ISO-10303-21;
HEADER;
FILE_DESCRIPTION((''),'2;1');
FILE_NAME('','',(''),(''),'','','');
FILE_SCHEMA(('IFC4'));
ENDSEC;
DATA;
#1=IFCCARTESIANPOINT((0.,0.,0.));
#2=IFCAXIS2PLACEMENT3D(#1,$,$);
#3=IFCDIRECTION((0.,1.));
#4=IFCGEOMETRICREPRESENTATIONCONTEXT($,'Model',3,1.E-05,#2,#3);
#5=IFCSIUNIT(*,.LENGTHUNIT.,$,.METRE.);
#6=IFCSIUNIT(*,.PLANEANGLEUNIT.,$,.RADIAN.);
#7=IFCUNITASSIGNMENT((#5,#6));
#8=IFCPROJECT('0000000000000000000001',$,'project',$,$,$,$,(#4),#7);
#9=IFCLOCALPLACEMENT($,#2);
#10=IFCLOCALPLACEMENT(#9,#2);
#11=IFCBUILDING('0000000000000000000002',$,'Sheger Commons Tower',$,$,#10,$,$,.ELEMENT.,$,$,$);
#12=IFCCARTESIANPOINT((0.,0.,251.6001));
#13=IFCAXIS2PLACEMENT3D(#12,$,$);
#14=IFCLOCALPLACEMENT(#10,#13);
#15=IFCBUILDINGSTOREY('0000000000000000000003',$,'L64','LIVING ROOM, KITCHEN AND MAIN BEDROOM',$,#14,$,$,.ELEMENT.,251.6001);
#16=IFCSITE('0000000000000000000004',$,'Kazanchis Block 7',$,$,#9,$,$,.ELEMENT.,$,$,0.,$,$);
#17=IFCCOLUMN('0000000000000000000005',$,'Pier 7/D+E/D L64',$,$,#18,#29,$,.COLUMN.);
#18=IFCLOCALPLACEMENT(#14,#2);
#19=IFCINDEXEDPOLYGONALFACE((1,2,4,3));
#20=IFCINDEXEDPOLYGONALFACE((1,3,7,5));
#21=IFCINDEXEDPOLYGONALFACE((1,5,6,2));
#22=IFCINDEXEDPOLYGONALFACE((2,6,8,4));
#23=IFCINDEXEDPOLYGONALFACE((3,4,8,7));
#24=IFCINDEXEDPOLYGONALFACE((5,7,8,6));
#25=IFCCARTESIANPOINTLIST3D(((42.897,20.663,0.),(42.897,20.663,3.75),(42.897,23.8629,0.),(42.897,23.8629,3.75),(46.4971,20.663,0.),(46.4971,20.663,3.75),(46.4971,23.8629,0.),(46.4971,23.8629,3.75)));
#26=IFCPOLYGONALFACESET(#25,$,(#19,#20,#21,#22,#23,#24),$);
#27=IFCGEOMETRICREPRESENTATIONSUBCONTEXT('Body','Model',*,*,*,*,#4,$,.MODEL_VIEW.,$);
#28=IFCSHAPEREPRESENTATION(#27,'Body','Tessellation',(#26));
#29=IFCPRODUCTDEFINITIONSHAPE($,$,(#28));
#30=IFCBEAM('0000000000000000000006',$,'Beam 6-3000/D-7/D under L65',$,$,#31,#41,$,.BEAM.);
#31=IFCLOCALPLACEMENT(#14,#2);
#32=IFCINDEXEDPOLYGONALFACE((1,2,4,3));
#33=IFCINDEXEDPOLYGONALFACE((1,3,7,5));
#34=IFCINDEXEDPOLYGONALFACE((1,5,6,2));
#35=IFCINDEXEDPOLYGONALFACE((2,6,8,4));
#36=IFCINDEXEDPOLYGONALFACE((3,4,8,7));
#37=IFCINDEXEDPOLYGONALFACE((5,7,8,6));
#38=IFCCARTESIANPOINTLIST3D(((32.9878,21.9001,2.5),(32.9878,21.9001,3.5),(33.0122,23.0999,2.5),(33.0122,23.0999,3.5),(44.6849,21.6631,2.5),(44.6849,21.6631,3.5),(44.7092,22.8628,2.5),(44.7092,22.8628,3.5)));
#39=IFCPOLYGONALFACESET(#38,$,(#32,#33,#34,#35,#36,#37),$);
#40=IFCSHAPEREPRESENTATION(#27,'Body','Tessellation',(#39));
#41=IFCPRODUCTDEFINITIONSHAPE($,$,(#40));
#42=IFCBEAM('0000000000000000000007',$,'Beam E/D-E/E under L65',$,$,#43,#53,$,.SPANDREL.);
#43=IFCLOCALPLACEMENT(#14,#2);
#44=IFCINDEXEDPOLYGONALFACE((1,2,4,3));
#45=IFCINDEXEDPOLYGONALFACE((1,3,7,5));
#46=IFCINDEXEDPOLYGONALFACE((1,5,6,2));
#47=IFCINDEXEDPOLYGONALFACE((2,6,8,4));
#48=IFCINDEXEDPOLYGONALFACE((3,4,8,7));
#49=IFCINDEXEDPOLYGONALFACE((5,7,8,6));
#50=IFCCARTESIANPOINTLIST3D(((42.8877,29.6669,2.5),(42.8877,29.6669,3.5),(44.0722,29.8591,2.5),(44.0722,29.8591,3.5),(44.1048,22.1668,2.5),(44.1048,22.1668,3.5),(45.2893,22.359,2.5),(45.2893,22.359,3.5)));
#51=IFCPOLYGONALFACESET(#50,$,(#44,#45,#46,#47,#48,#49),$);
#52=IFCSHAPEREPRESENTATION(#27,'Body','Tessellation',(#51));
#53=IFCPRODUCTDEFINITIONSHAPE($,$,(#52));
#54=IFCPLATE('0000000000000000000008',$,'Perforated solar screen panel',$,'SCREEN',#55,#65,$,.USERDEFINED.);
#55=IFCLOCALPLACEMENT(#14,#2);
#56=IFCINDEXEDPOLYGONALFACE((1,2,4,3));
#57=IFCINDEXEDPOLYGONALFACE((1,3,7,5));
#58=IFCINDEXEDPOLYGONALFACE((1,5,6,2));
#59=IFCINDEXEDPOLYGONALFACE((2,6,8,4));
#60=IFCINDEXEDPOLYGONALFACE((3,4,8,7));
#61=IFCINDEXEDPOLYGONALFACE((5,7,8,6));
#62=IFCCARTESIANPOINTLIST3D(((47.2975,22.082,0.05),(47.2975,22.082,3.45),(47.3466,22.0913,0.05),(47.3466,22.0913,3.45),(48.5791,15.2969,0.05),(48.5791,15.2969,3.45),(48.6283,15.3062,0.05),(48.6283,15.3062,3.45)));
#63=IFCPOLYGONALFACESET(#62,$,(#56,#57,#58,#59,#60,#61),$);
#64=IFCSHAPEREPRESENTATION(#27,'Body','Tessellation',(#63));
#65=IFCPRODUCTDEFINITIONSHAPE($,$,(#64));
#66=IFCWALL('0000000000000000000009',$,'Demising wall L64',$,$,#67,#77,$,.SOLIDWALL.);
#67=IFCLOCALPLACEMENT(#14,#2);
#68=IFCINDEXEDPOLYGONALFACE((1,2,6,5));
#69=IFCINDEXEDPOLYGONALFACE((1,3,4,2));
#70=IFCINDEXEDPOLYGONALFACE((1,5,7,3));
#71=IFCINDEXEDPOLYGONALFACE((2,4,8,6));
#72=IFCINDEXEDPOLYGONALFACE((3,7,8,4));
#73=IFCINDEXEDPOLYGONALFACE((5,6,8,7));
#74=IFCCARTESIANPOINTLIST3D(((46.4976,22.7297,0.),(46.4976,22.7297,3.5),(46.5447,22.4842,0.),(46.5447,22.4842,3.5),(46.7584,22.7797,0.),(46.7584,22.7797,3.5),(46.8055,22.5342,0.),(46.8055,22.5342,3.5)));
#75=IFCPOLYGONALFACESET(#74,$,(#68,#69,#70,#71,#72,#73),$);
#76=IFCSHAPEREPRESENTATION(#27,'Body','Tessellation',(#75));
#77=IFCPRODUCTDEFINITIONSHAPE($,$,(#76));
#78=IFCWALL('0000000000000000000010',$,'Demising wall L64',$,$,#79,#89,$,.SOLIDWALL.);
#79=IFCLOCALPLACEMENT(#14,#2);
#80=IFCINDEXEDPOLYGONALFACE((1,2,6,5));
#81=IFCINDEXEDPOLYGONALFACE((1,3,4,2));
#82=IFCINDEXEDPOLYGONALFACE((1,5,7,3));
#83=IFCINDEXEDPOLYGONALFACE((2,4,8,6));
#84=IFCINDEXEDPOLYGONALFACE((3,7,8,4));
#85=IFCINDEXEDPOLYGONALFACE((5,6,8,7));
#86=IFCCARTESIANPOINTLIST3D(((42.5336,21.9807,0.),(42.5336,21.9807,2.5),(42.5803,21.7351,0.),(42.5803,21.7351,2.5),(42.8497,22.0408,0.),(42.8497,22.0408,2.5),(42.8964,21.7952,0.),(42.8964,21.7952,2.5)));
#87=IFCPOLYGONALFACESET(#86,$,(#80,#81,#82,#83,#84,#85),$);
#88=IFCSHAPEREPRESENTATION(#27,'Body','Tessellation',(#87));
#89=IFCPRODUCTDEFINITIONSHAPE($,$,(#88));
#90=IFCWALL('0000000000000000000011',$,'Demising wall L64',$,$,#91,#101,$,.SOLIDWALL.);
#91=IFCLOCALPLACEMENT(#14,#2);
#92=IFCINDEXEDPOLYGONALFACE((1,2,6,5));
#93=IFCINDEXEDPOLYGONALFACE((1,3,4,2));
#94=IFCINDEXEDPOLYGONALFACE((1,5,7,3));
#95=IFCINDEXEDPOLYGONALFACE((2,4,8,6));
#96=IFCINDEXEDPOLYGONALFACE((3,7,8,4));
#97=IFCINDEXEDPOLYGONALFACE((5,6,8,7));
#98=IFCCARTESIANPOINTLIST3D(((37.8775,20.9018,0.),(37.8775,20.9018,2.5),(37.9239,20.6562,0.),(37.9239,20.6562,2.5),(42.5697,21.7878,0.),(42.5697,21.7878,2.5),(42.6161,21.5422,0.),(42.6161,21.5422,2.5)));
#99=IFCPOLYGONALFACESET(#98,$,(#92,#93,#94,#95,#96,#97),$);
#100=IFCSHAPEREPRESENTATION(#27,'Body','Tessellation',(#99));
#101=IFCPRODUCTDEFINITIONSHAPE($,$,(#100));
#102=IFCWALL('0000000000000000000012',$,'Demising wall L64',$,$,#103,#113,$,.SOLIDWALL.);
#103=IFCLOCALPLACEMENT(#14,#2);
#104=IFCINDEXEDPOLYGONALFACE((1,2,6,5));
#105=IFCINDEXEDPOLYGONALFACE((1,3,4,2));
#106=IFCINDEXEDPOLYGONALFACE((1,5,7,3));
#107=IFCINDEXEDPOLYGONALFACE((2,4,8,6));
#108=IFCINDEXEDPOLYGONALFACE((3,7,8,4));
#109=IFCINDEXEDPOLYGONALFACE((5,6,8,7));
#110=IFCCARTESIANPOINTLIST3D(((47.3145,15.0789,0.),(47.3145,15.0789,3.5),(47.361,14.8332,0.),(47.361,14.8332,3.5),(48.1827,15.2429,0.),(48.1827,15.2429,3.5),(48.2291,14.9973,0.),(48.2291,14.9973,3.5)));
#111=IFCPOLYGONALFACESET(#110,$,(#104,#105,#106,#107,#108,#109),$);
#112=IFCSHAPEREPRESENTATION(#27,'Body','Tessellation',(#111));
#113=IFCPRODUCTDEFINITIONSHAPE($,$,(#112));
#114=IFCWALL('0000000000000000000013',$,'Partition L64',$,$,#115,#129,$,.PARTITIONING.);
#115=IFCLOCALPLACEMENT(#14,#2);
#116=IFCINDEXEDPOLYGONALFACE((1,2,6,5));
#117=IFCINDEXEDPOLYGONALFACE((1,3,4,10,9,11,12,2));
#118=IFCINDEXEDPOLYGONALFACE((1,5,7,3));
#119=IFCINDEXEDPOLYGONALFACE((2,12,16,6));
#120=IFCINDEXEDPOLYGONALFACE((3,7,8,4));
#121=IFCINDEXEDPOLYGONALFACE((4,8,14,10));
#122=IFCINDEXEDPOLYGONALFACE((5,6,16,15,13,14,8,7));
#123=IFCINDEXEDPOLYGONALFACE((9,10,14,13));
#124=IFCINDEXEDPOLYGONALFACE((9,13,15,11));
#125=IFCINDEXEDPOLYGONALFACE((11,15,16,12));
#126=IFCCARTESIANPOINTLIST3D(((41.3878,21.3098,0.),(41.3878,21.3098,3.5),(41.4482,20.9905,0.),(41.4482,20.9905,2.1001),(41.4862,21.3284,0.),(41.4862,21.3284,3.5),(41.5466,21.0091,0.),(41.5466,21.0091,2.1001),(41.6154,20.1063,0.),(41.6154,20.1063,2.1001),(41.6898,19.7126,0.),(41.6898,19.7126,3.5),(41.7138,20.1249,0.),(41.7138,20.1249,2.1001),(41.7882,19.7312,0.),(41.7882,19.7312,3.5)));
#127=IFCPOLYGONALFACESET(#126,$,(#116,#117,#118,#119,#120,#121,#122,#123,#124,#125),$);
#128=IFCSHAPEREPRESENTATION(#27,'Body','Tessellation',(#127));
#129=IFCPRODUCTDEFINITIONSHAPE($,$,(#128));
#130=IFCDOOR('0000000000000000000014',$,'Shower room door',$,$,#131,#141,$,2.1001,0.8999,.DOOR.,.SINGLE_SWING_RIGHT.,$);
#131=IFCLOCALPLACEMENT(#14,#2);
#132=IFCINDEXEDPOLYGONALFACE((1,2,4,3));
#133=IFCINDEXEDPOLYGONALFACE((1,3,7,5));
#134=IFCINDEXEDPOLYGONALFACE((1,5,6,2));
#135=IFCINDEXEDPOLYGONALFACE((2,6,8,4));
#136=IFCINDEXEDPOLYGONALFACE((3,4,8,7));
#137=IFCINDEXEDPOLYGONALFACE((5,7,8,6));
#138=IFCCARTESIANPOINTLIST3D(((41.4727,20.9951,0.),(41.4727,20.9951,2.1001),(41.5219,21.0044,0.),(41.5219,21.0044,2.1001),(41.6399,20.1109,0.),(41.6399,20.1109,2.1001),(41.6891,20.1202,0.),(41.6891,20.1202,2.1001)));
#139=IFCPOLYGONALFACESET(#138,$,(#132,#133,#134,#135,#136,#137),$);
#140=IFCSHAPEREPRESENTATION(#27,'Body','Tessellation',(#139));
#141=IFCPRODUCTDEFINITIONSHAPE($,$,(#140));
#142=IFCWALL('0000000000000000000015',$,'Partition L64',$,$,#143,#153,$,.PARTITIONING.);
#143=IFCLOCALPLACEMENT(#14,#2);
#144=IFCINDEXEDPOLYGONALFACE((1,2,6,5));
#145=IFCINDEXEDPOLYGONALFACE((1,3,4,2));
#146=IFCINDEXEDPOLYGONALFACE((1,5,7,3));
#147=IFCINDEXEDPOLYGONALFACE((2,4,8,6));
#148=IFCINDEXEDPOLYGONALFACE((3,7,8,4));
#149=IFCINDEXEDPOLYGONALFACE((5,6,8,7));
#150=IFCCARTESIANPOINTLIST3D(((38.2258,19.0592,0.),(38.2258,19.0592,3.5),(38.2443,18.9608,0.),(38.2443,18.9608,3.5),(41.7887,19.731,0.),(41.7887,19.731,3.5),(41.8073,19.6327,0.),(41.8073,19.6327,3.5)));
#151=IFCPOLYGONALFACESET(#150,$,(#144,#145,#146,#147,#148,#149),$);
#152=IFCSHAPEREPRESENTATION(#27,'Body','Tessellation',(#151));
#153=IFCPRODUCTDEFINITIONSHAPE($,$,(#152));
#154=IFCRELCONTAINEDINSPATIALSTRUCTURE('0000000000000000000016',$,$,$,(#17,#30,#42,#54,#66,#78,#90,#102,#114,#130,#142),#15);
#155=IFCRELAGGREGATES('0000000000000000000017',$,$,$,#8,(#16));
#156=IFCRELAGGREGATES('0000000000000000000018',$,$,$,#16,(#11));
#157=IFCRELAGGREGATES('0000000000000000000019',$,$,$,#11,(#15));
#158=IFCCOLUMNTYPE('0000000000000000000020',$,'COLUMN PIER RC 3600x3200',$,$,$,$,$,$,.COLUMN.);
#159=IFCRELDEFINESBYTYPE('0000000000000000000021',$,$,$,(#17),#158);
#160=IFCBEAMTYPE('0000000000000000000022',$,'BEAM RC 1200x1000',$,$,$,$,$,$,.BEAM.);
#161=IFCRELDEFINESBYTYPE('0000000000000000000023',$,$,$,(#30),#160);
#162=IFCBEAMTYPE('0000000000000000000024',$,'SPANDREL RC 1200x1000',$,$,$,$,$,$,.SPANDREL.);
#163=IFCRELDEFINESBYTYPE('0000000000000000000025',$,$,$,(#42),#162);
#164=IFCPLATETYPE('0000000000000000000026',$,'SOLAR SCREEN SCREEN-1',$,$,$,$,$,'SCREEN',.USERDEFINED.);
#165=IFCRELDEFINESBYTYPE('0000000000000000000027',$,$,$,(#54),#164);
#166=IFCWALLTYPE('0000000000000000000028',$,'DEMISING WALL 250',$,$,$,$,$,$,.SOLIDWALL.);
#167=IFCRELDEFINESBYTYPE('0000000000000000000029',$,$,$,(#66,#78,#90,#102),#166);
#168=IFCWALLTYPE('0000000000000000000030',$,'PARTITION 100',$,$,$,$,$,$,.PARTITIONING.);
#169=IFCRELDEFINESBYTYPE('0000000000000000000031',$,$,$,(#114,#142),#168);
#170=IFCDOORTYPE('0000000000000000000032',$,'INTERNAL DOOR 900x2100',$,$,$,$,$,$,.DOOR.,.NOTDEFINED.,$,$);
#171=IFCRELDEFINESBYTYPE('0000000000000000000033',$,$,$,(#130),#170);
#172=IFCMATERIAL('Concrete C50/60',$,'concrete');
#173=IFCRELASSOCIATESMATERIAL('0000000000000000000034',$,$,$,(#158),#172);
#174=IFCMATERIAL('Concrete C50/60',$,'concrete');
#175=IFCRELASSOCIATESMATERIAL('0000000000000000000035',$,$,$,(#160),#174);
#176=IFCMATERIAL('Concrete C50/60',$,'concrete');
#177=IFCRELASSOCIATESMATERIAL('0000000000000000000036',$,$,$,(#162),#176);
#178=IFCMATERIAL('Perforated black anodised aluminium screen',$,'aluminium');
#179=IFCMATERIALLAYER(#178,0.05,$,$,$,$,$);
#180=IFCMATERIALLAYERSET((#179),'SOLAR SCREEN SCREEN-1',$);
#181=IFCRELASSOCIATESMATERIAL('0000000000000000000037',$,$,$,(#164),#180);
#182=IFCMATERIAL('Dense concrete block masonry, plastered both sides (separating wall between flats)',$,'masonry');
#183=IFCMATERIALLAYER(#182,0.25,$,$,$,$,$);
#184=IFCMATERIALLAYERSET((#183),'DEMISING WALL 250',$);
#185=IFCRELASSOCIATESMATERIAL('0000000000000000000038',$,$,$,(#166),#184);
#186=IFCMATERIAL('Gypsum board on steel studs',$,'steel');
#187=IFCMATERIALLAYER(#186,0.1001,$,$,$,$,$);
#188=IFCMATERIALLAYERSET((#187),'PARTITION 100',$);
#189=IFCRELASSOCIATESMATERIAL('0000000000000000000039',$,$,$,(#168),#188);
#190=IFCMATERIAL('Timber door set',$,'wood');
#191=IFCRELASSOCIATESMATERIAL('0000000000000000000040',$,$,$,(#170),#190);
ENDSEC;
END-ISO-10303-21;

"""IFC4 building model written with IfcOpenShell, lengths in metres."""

from ifc_helpers import new_model, si_unit, direction, frame, frame_2d, origin, origin_2d, place, context, subcontext, project, spatial, rectangle, extrude, material, layer, layer_set, material_profile, profile_set, type_object, element, fill, save


model = new_model("IFC4")

# Units and contexts
model_context = context("Model", 3, precision=1e-05, world=origin(), true_north=direction((0.0, 1.0)))
body_context = subcontext(model_context, "Body", "Model", "MODEL_VIEW")
ifc_project = project(units=[si_unit("LENGTHUNIT", "METRE"), si_unit("PLANEANGLEUNIT", "RADIAN")], contexts=[model_context])

# Site, building, storey
site_placement = place(None, origin())
site = spatial("IfcSite", under=ifc_project, at=site_placement, Name="Kazanchis Block 7", CompositionType="ELEMENT", RefElevation=0.0)
building_placement = place(site_placement, origin())
building = spatial("IfcBuilding", under=site, at=building_placement, Name="Sheger Commons Tower", CompositionType="ELEMENT")
storey_placement = place(building_placement, frame((0.0, 0.0, 251.6001)))
storey = spatial("IfcBuildingStorey", under=building, at=storey_placement, Name="L64", Description="LIVING ROOM, KITCHEN AND MAIN BEDROOM", CompositionType="ELEMENT", Elevation=251.6001)

# Column
ifc_material_1 = material(Name="Concrete C50/60", Category="concrete")
ifc_material_profile_1 = material_profile(ifc_material_1, rectangle(XDim=3.6001, YDim=3.2, at=origin_2d()), Name="RC 3600x3200")
ifc_profile_set_1 = profile_set([ifc_material_profile_1], Name="Concrete C50/60")
column_type = type_object("IfcColumnType", Name="COLUMN PIER RC 3600x3200", PredefinedType="COLUMN", material=ifc_profile_set_1)
column_placement = place(storey_placement, frame((44.697, 22.2629, 0.0), z_axis=(0.0, 0.0, 1.0), x_axis=(1.0, 0.0, 0.0)))
element("IfcColumn", 1, at=column_placement, inside=storey, type_object=column_type, Name="Pier 7/D+E/D L64", PredefinedType="COLUMN", context=body_context, shape_type="SweptSolid", body=[
    extrude(rectangle(XDim=3.6001, YDim=3.2, at=origin_2d()), origin(), (0.0, 0.0, 1.0), 3.75),
])

# Beams
ifc_material_2 = material(Name="Concrete C50/60", Category="concrete")
ifc_material_profile_2 = material_profile(ifc_material_2, rectangle(XDim=1.2, YDim=1.0, at=origin_2d()), Name="RC 1200x1000")
ifc_profile_set_2 = profile_set([ifc_material_profile_2], Name="Concrete C50/60")
beam_type_1 = type_object("IfcBeamType", Name="BEAM RC 1200x1000", PredefinedType="BEAM", material=ifc_profile_set_2)
beam_1_placement = place(storey_placement, frame((33.0, 22.5, 3.0), z_axis=(0.999795, -0.020263, 0.0), x_axis=(0.020263, 0.999795, 0.0)))
element("IfcBeam", 2, at=beam_1_placement, inside=storey, type_object=beam_type_1, Name="Beam 6-3000/D-7/D under L65", PredefinedType="BEAM", context=body_context, shape_type="SweptSolid", body=[
    extrude(rectangle(XDim=1.2, YDim=1.0, at=origin_2d()), origin(), (0.0, 0.0, 1.0), 11.6995),
])
ifc_material_3 = material(Name="Concrete C50/60", Category="concrete")
ifc_material_profile_3 = material_profile(ifc_material_3, rectangle(XDim=1.2, YDim=1.0, at=origin_2d()), Name="RC 1200x1000")
ifc_profile_set_3 = profile_set([ifc_material_profile_3], Name="Concrete C50/60")
beam_type_2 = type_object("IfcBeamType", Name="SPANDREL RC 1200x1000", PredefinedType="SPANDREL", material=ifc_profile_set_3)
beam_2_placement = place(storey_placement, frame((44.697, 22.2629, 3.0), z_axis=(-0.160177, 0.987088, 0.0), x_axis=(-0.987088, -0.160177, 0.0)))
element("IfcBeam", 3, at=beam_2_placement, inside=storey, type_object=beam_type_2, Name="Beam E/D-E/E under L65", PredefinedType="SPANDREL", context=body_context, shape_type="SweptSolid", body=[
    extrude(rectangle(XDim=1.2, YDim=1.0, at=origin_2d()), origin(), (0.0, 0.0, 1.0), 7.5981),
])

# Plate
ifc_material_4 = material(Name="Perforated black anodised aluminium screen", Category="aluminium")
ifc_layer_1 = layer(ifc_material_4, 0.05)
ifc_layer_set_1 = layer_set([ifc_layer_1], Name="SOLAR SCREEN SCREEN-1")
plate_type = type_object("IfcPlateType", Name="SOLAR SCREEN SCREEN-1", ElementType="SCREEN", PredefinedType="USERDEFINED", material=ifc_layer_set_1)
plate_placement = place(storey_placement, frame((47.9629, 18.6941, 0.05), z_axis=(0.0, 0.0, 1.0), x_axis=(-0.185615, 0.982623, 0.0)))
element("IfcPlate", 4, at=plate_placement, inside=storey, type_object=plate_type, Name="Perforated solar screen panel", ObjectType="SCREEN", PredefinedType="USERDEFINED", context=body_context, shape_type="SweptSolid", body=[
    extrude(rectangle(XDim=6.905, YDim=0.05, at=origin_2d()), origin(), (0.0, 0.0, 1.0), 3.3999),
])

# Walls
ifc_material_5 = material(Name="Dense concrete block masonry, plastered both sides (separating wall between flats)", Category="masonry")
ifc_layer_2 = layer(ifc_material_5, 0.25)
ifc_layer_set_2 = layer_set([ifc_layer_2], Name="DEMISING WALL 250")
wall_type_1 = type_object("IfcWallType", Name="DEMISING WALL 250", PredefinedType="SOLIDWALL", material=ifc_layer_set_2)
wall_1_placement = place(storey_placement, frame((46.782, 22.657, 0.0), z_axis=(0.0, 0.0, 1.0), x_axis=(-0.982105, -0.188336, 0.0)))
element("IfcWall", 5, at=wall_1_placement, inside=storey, type_object=wall_type_1, Name="Demising wall L64", PredefinedType="SOLIDWALL", context=body_context, shape_type="SweptSolid", body=[
    extrude(rectangle(XDim=0.2656, YDim=0.25, at=frame_2d((0.1328, 0.0))), origin(), (0.0, 0.0, 1.0), 3.5),
])
wall_2_placement = place(storey_placement, frame((42.873, 21.918, 0.0), z_axis=(0.0, 0.0, 1.0), x_axis=(-0.982431, -0.186624, 0.0)))
element("IfcWall", 6, at=wall_2_placement, inside=storey, type_object=wall_type_1, Name="Demising wall L64", PredefinedType="SOLIDWALL", context=body_context, shape_type="SweptSolid", body=[
    extrude(rectangle(XDim=0.3218, YDim=0.25, at=frame_2d((0.1609, 0.0))), origin(), (0.0, 0.0, 1.0), 2.5),
])
wall_3_placement = place(storey_placement, frame((42.593, 21.665, 0.0), z_axis=(0.0, 0.0, 1.0), x_axis=(-0.982636, -0.185545, 0.0)))
element("IfcWall", 7, at=wall_3_placement, inside=storey, type_object=wall_type_1, Name="Demising wall L64", PredefinedType="SOLIDWALL", context=body_context, shape_type="SweptSolid", body=[
    extrude(rectangle(XDim=4.7751, YDim=0.25, at=frame_2d((2.3877, 0.0))), origin(), (0.0, 0.0, 1.0), 2.5),
])
wall_4_placement = place(storey_placement, frame((48.2061, 15.1201, 0.0), z_axis=(0.0, 0.0, 1.0), x_axis=(-0.982608, -0.18569, 0.0)))
element("IfcWall", 8, at=wall_4_placement, inside=storey, type_object=wall_type_1, Name="Demising wall L64", PredefinedType="SOLIDWALL", context=body_context, shape_type="SweptSolid", body=[
    extrude(rectangle(XDim=0.8835, YDim=0.25, at=frame_2d((0.4419, 0.0))), origin(), (0.0, 0.0, 1.0), 3.5),
])

# Wall, opening, door
ifc_material_6 = material(Name="Gypsum board on steel studs", Category="steel")
ifc_layer_3 = layer(ifc_material_6, 0.1001)
ifc_layer_set_3 = layer_set([ifc_layer_3], Name="PARTITION 100")
wall_type_2 = type_object("IfcWallType", Name="PARTITION 100", PredefinedType="PARTITIONING", material=ifc_layer_set_3)
wall_5_placement = place(storey_placement, frame((41.437, 21.3191, 0.0), z_axis=(0.0, 0.0, 1.0), x_axis=(0.185794, -0.982589, 0.0)))
wall_5 = element("IfcWall", 9, at=wall_5_placement, inside=storey, type_object=wall_type_2, Name="Partition L64", PredefinedType="PARTITIONING", context=body_context, shape_type="SweptSolid", body=[
    extrude(rectangle(XDim=1.6255, YDim=0.1001, at=frame_2d((0.8127, 0.0))), origin(), (0.0, 0.0, 1.0), 3.5),
])
opening_1_placement = place(wall_5_placement, frame((0.325, 0.0, 0.0)))
opening_1 = element("IfcOpeningElement", 10, at=opening_1_placement, cuts=wall_5, PredefinedType="OPENING", context=body_context, shape_type="SweptSolid", body=[
    extrude(rectangle(XDim=0.8999, YDim=2.1001, at=frame_2d((0.45, 1.05))), frame((0.0, 0.0601, 0.0), z_axis=(0.0, -1.0, 0.0), x_axis=(1.0, 0.0, 0.0)), (0.0, 0.0, 1.0), 0.1201),
])
ifc_material_7 = material(Name="Timber door set", Category="wood")
door_type_1 = type_object("IfcDoorType", Name="INTERNAL DOOR 900x2100", OperationType="NOTDEFINED", PredefinedType="DOOR", material=ifc_material_7)
door_1_placement = place(opening_1_placement, origin())
door_1 = element("IfcDoor", 11, at=door_1_placement, inside=storey, type_object=door_type_1, Name="Shower room door", OperationType="SINGLE_SWING_RIGHT", OverallHeight=2.1001, OverallWidth=0.8999, PredefinedType="DOOR", context=body_context, shape_type="SweptSolid", body=[
    extrude(rectangle(XDim=0.8999, YDim=2.1001, at=frame_2d((0.45, 1.05))), frame((0.0, 0.0249, 0.0), z_axis=(0.0, -1.0, 0.0), x_axis=(1.0, 0.0, 0.0)), (0.0, 0.0, 1.0), 0.05),
])
fill(opening_1, door_1)

# Wall
wall_6_placement = place(storey_placement, frame((41.7981, 19.6819, 0.0), z_axis=(0.0, 0.0, 1.0), x_axis=(-0.982681, -0.185305, 0.0)))
element("IfcWall", 12, at=wall_6_placement, inside=storey, type_object=wall_type_2, Name="Partition L64", PredefinedType="PARTITIONING", context=body_context, shape_type="SweptSolid", body=[
    extrude(rectangle(XDim=3.6257, YDim=0.1001, at=frame_2d((1.813, 0.0))), origin(), (0.0, 0.0, 1.0), 3.5),
])

save(model, "model.ifc")
